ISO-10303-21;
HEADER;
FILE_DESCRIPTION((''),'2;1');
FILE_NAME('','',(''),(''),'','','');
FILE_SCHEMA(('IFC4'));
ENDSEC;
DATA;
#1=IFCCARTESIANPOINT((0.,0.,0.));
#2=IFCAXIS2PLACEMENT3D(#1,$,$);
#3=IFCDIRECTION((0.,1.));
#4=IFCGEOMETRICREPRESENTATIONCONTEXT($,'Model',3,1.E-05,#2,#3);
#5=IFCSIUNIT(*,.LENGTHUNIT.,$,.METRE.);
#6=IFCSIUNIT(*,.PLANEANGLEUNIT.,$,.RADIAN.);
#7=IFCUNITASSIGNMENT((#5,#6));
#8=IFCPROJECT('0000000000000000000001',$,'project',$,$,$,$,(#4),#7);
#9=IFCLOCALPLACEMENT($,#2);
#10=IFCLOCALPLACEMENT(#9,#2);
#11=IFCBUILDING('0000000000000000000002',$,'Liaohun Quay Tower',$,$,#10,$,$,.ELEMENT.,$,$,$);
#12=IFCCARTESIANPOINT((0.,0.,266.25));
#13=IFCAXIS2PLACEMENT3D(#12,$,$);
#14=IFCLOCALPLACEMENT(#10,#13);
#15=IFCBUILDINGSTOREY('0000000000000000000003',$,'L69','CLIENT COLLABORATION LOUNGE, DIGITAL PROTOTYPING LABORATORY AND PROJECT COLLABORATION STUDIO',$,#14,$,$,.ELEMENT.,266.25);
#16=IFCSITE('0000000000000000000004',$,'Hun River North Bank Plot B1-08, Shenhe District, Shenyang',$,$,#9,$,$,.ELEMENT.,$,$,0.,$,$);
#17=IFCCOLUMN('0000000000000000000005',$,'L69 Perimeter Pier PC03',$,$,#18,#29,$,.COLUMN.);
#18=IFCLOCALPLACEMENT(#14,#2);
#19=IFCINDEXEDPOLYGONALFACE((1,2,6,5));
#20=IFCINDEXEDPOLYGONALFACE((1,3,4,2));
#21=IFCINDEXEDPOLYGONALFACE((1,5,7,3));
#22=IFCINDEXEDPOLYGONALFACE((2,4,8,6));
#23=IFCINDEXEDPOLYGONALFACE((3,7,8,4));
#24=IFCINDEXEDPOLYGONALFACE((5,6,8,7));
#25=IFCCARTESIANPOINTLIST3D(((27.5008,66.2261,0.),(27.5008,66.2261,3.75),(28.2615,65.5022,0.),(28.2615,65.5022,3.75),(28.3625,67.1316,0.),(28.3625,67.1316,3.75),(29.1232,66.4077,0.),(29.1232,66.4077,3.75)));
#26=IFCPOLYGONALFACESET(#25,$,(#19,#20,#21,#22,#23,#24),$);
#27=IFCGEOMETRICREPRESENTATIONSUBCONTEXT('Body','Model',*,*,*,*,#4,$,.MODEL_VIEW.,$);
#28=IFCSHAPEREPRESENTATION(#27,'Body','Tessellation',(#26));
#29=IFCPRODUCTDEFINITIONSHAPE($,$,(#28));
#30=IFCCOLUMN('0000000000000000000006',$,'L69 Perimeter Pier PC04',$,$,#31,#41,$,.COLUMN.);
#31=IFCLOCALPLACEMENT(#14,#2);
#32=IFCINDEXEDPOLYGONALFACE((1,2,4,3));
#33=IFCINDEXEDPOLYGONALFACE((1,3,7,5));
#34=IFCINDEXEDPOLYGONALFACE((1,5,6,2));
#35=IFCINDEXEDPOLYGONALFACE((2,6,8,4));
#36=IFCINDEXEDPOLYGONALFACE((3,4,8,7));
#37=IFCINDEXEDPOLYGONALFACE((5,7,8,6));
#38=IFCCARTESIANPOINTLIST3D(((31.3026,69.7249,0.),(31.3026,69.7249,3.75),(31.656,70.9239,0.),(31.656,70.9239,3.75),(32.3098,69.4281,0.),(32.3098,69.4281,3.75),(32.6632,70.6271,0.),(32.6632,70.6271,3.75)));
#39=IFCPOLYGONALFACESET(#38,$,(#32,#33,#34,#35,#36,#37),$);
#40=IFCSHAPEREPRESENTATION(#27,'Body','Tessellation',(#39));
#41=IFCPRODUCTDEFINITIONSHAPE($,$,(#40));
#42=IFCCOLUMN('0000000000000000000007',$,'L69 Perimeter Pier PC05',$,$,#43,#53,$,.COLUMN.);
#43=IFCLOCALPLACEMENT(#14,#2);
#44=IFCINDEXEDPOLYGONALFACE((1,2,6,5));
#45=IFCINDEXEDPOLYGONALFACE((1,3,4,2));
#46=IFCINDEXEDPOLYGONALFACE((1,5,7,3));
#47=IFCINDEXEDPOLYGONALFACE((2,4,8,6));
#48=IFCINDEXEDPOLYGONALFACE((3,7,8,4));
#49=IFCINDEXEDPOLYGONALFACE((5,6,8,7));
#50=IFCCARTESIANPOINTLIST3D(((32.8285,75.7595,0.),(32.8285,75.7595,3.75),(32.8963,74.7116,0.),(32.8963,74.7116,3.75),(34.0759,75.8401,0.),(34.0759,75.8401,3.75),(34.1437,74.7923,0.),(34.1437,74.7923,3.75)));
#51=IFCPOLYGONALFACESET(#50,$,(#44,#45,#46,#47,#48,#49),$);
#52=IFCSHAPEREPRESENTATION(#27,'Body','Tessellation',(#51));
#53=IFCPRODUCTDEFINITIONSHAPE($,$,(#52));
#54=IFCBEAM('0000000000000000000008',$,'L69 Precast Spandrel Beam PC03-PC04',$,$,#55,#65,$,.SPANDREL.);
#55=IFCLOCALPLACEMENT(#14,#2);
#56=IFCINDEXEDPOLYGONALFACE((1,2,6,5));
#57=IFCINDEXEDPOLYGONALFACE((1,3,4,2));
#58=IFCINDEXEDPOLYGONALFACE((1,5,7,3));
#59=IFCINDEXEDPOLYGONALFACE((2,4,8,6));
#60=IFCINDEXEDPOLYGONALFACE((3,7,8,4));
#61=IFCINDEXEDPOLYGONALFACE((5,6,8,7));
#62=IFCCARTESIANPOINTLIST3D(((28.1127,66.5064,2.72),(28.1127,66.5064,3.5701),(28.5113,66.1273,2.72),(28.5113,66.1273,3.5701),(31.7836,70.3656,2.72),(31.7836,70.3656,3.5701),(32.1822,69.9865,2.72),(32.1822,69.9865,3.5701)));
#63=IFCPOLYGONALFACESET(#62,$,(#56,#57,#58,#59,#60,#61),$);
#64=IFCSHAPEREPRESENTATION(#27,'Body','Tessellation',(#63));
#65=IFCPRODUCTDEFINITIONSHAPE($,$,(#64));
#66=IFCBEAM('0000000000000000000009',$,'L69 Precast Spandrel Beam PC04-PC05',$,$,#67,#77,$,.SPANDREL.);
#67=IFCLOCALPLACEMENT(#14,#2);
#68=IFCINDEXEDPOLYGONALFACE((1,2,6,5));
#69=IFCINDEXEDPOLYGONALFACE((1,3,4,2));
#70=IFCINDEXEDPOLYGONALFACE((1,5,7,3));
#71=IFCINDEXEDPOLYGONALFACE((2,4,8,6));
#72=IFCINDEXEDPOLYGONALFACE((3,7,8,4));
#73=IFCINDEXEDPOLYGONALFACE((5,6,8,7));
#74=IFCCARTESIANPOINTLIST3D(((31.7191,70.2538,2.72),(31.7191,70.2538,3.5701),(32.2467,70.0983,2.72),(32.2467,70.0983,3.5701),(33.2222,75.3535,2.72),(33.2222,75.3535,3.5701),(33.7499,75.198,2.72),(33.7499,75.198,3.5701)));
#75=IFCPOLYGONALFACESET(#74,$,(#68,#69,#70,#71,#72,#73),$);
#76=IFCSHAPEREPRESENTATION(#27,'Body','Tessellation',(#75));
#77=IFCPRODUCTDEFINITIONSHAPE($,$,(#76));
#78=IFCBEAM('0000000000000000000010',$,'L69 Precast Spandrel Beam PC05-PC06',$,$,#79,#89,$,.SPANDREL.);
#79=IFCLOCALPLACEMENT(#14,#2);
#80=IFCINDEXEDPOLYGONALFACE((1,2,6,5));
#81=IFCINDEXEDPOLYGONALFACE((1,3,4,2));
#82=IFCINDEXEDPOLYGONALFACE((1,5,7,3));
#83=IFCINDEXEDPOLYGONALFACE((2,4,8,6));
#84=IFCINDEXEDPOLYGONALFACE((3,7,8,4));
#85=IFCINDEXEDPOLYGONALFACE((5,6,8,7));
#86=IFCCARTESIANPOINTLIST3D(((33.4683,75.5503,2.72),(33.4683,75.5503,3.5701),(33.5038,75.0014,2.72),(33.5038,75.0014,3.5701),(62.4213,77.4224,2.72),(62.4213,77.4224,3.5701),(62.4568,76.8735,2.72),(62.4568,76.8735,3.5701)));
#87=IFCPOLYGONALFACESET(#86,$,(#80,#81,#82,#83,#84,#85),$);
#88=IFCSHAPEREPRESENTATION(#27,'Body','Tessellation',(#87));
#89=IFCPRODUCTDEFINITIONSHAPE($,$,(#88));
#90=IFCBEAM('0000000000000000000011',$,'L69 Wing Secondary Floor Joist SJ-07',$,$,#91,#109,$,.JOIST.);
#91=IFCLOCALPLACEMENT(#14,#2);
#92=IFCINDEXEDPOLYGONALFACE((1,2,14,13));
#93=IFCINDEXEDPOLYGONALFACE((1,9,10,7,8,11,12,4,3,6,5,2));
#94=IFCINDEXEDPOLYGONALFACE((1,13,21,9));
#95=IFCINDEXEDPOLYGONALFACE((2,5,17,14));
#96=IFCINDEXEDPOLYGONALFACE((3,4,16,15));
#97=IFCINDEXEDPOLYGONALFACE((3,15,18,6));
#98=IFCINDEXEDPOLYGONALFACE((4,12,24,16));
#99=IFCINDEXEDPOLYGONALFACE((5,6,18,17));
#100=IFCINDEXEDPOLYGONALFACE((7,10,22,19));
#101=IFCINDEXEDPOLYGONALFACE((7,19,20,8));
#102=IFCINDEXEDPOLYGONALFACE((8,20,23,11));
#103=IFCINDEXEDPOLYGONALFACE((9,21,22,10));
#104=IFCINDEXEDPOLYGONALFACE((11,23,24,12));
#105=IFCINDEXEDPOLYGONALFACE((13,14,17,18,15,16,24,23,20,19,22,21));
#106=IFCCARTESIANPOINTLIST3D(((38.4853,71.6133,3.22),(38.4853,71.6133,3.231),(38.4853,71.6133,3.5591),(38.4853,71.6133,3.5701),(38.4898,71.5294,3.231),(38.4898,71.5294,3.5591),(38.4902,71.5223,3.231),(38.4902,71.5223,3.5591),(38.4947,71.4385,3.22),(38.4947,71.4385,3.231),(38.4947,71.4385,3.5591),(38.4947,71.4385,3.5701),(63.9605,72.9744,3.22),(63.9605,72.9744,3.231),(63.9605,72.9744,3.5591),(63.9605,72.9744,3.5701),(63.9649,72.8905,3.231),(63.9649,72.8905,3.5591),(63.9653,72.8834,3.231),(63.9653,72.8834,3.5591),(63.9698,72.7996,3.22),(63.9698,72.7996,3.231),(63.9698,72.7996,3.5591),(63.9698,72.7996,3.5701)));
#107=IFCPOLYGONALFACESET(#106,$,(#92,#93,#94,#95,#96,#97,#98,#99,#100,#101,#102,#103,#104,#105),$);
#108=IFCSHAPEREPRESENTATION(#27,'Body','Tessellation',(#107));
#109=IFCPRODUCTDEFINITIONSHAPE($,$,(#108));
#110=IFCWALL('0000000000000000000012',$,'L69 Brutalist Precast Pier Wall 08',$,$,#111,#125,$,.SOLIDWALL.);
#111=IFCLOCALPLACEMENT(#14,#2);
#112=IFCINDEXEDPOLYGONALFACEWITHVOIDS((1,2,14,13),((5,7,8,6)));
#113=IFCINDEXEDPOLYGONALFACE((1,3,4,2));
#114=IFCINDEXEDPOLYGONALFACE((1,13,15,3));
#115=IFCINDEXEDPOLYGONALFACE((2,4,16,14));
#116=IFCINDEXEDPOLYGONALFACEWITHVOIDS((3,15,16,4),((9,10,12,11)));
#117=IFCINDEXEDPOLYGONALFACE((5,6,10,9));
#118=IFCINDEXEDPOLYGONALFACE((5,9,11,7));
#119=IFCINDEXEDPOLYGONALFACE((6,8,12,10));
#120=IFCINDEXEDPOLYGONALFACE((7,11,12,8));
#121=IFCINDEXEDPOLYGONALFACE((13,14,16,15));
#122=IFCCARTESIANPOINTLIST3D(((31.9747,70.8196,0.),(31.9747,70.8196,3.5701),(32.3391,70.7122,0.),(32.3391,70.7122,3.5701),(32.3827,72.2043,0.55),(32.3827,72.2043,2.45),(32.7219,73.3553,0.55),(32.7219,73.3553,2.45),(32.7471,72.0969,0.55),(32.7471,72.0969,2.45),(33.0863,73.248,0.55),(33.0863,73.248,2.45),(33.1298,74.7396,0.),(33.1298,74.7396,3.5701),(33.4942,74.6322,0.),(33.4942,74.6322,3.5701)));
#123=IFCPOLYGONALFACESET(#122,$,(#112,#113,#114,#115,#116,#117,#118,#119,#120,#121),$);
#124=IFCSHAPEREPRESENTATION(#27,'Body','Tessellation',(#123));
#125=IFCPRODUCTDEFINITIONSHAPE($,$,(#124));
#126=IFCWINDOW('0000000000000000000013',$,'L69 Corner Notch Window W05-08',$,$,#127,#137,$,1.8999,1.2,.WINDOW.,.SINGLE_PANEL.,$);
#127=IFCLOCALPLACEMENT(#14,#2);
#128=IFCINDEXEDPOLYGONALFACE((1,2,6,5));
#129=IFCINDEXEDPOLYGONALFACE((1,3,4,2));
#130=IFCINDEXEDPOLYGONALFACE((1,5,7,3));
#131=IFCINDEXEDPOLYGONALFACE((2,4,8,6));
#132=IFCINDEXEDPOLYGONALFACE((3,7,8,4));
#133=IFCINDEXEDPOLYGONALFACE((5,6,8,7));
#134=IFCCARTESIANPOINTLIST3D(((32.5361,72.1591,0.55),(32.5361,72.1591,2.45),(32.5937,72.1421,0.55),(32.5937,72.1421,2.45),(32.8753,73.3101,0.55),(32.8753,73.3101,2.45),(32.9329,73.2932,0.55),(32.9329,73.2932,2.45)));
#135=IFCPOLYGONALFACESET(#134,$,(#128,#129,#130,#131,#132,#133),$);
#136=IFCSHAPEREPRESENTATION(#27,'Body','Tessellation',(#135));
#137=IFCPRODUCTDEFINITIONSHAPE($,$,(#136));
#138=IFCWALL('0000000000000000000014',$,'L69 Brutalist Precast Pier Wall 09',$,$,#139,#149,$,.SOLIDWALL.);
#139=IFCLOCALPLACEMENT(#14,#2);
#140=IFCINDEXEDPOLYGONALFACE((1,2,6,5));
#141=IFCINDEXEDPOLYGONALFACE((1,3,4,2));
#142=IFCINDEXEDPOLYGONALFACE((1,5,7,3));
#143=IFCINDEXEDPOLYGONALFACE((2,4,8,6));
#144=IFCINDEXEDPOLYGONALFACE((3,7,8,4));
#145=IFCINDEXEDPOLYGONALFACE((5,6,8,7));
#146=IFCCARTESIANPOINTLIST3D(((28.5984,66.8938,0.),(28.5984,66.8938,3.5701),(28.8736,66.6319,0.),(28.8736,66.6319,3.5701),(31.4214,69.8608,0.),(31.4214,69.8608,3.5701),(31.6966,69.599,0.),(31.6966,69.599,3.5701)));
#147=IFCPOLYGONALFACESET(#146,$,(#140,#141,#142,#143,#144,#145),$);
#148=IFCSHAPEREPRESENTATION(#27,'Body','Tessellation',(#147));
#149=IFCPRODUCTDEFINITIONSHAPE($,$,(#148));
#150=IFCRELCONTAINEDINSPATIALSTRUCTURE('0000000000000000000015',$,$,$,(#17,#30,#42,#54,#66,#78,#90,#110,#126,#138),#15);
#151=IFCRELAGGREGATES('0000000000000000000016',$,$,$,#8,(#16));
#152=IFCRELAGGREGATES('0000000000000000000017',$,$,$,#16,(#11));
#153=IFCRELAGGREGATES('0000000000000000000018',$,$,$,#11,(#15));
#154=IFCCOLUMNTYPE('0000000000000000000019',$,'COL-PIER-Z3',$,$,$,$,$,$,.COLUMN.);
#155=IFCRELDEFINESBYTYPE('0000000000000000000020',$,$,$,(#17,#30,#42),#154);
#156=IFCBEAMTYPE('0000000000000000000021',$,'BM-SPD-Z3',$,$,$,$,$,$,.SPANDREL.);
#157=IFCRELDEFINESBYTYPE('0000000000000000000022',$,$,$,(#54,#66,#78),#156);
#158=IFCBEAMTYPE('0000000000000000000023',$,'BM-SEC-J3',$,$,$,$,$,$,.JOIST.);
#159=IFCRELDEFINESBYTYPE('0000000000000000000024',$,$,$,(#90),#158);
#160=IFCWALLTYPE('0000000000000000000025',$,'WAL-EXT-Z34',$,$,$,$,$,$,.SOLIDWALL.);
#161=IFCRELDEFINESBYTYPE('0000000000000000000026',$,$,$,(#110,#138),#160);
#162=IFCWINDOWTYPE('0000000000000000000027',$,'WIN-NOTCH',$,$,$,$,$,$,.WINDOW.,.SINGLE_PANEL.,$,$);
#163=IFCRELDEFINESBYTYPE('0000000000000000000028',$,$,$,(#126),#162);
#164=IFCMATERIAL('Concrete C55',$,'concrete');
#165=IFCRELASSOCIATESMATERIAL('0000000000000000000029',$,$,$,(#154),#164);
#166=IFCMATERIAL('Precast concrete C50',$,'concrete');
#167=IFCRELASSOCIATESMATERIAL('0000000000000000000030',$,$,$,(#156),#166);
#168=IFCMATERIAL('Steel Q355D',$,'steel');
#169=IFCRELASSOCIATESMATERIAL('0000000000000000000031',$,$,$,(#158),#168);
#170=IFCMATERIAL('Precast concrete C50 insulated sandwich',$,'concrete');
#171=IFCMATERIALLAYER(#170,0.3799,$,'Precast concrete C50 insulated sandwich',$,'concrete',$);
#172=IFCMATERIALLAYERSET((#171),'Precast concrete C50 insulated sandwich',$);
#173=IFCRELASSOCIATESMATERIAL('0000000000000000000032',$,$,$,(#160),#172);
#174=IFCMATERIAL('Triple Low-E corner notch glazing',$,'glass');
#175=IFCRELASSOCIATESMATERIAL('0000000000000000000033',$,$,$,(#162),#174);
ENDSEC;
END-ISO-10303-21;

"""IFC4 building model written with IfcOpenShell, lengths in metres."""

from ifc_helpers import new_model, si_unit, direction, frame, frame_2d, origin, origin_2d, place, context, subcontext, project, spatial, rectangle, i_section, extrude, source, transform, mapped, material, layer, layer_set, material_profile, profile_set, type_object, element, fill, save


model = new_model("IFC4")

# Units and contexts
model_context = context("Model", 3, precision=1e-05, world=origin(), true_north=direction((0.0, 1.0)))
body_context = subcontext(model_context, "Body", "Model", "MODEL_VIEW")
ifc_project = project(units=[si_unit("LENGTHUNIT", "METRE"), si_unit("PLANEANGLEUNIT", "RADIAN")], contexts=[model_context])

# Site, building, storey
site_placement = place(None, origin())
site = spatial("IfcSite", under=ifc_project, at=site_placement, Name="Hun River North Bank Plot B1-08, Shenhe District, Shenyang", CompositionType="ELEMENT", RefElevation=0.0)
building_placement = place(site_placement, origin())
building = spatial("IfcBuilding", under=site, at=building_placement, Name="Liaohun Quay Tower", CompositionType="ELEMENT")
storey_placement = place(building_placement, frame((0.0, 0.0, 266.25)))
storey = spatial("IfcBuildingStorey", under=building, at=storey_placement, Name="L69", Description="CLIENT COLLABORATION LOUNGE, DIGITAL PROTOTYPING LABORATORY AND PROJECT COLLABORATION STUDIO", CompositionType="ELEMENT", Elevation=266.25)

# Columns
ifc_material_1 = material(Name="Concrete C55", Category="concrete")
ifc_material_profile_1 = material_profile(ifc_material_1, rectangle(XDim=1.25, YDim=1.05, at=origin_2d()), Name="RC1250x1050")
ifc_profile_set_1 = profile_set([ifc_material_profile_1], Name="Concrete C55")
column_type = type_object("IfcColumnType", Name="COL-PIER-Z3", PredefinedType="COLUMN", material=ifc_profile_set_1)
shared_shape_1 = source(origin(), body_context, "Body", "SweptSolid", [
    extrude(rectangle(XDim=1.25, YDim=1.05, at=origin_2d()), origin(), (0.0, 0.0, 1.0), 3.75),
])
for number, where, z_axis, x_axis, name in (
    (1, (28.312, 66.3169, 0.0), (0.0, 0.0, 1.0), (0.689367, 0.724413, 0.0), "L69 Perimeter Pier PC03"),
    (2, (31.9829, 70.176, 0.0), (0.0, 0.0, 1.0), (0.282676, 0.959215, 0.0), "L69 Perimeter Pier PC04"),
    (3, (33.4861, 75.2759, 0.0), (0.0, 0.0, 1.0), (0.997916, 0.064532, 0.0), "L69 Perimeter Pier PC05"),
):
    element("IfcColumn", number, at=place(storey_placement, frame(where, z_axis=z_axis, x_axis=x_axis)), inside=storey, type_object=column_type, Name=name, PredefinedType="COLUMN", context=body_context, shape_type="MappedRepresentation", body=[
        mapped(shared_shape_1, transform((0.0, 0.0, 0.0), x_axis=(1.0, 0.0, 0.0), y_axis=(0.0, 1.0, 0.0), z_axis=(0.0, 0.0, 1.0), scale=1.0)),
    ])

# Beams
ifc_material_2 = material(Name="Precast concrete C50", Category="concrete")
ifc_material_profile_2 = material_profile(ifc_material_2, rectangle(XDim=0.55, YDim=0.8501, at=origin_2d()), Name="RC550x850")
ifc_profile_set_2 = profile_set([ifc_material_profile_2], Name="Precast concrete C50")
beam_type_1 = type_object("IfcBeamType", Name="BM-SPD-Z3", PredefinedType="SPANDREL", material=ifc_profile_set_2)
shared_shape_2 = source(origin(), body_context, "Body", "SweptSolid", [
    extrude(rectangle(XDim=0.55, YDim=0.8501, at=origin_2d()), origin(), (0.0, 0.0, 1.0), 5.3262),
])
beam_1_placement = place(storey_placement, frame((28.312, 66.3169, 3.145), z_axis=(0.689216, 0.724556, 0.0), x_axis=(-0.724556, 0.689216, 0.0)))
element("IfcBeam", 4, at=beam_1_placement, inside=storey, type_object=beam_type_1, Name="L69 Precast Spandrel Beam PC03-PC04", PredefinedType="SPANDREL", context=body_context, shape_type="MappedRepresentation", body=[
    mapped(shared_shape_2, transform((0.0, 0.0, 0.0), x_axis=(1.0, 0.0, 0.0), y_axis=(0.0, 1.0, 0.0), z_axis=(0.0, 0.0, 1.0), scale=1.0)),
])
shared_shape_3 = source(origin(), body_context, "Body", "SweptSolid", [
    extrude(rectangle(XDim=0.55, YDim=0.8501, at=origin_2d()), origin(), (0.0, 0.0, 1.0), 5.3167),
])
beam_2_placement = place(storey_placement, frame((31.9829, 70.176, 3.145), z_axis=(0.282723, 0.959202, 0.0), x_axis=(-0.959202, 0.282723, 0.0)))
element("IfcBeam", 5, at=beam_2_placement, inside=storey, type_object=beam_type_1, Name="L69 Precast Spandrel Beam PC04-PC05", PredefinedType="SPANDREL", context=body_context, shape_type="MappedRepresentation", body=[
    mapped(shared_shape_3, transform((0.0, 0.0, 0.0), x_axis=(1.0, 0.0, 0.0), y_axis=(0.0, 1.0, 0.0), z_axis=(0.0, 0.0, 1.0), scale=1.0)),
])
shared_shape_4 = source(origin(), body_context, "Body", "SweptSolid", [
    extrude(rectangle(XDim=0.55, YDim=0.8501, at=origin_2d()), origin(), (0.0, 0.0, 1.0), 29.0134),
])
beam_3_placement = place(storey_placement, frame((33.4861, 75.2759, 3.145), z_axis=(0.997916, 0.064524, 0.0), x_axis=(-0.064524, 0.997916, 0.0)))
element("IfcBeam", 6, at=beam_3_placement, inside=storey, type_object=beam_type_1, Name="L69 Precast Spandrel Beam PC05-PC06", PredefinedType="SPANDREL", context=body_context, shape_type="MappedRepresentation", body=[
    mapped(shared_shape_4, transform((0.0, 0.0, 0.0), x_axis=(1.0, 0.0, 0.0), y_axis=(0.0, 1.0, 0.0), z_axis=(0.0, 0.0, 1.0), scale=1.0)),
])
ifc_material_3 = material(Name="Steel Q355D", Category="steel")
ifc_material_profile_3 = material_profile(ifc_material_3, i_section(OverallWidth=0.175, OverallDepth=0.3501, WebThickness=0.0071, FlangeThickness=0.011, at=origin_2d()), Name="HN350x175x7x11")
ifc_profile_set_3 = profile_set([ifc_material_profile_3], Name="Steel Q355D")
beam_type_2 = type_object("IfcBeamType", Name="BM-SEC-J3", PredefinedType="JOIST", material=ifc_profile_set_3)
shared_shape_5 = source(origin(), body_context, "Body", "SweptSolid", [
    extrude(i_section(OverallWidth=0.175, OverallDepth=0.3501, WebThickness=0.0071, FlangeThickness=0.011, at=origin_2d()), origin(), (0.0, 0.0, 1.0), 25.5115),
])
beam_4_placement = place(storey_placement, frame((38.49, 71.5259, 3.395), z_axis=(0.998576, 0.053352, 0.0), x_axis=(-0.053352, 0.998576, 0.0)))
element("IfcBeam", 7, at=beam_4_placement, inside=storey, type_object=beam_type_2, Name="L69 Wing Secondary Floor Joist SJ-07", PredefinedType="JOIST", context=body_context, shape_type="MappedRepresentation", body=[
    mapped(shared_shape_5, transform((0.0, 0.0, 0.0), x_axis=(1.0, 0.0, 0.0), y_axis=(0.0, 1.0, 0.0), z_axis=(0.0, 0.0, 1.0), scale=1.0)),
])

# Wall, opening, window
ifc_material_4 = material(Name="Precast concrete C50 insulated sandwich", Category="concrete")
ifc_layer_1 = layer(ifc_material_4, 0.3799, Name="Precast concrete C50 insulated sandwich", Category="concrete")
ifc_layer_set_1 = layer_set([ifc_layer_1], Name="Precast concrete C50 insulated sandwich")
wall_type_1 = type_object("IfcWallType", Name="WAL-EXT-Z34", PredefinedType="SOLIDWALL", material=ifc_layer_set_1)
wall_1_placement = place(storey_placement, frame((33.312, 74.686, 0.0), z_axis=(0.0, 0.0, 1.0), x_axis=(-0.282642, -0.959226, 0.0)))
wall_1 = element("IfcWall", 8, at=wall_1_placement, inside=storey, type_object=wall_type_1, Name="L69 Brutalist Precast Pier Wall 08", PredefinedType="SOLIDWALL", context=body_context, shape_type="SweptSolid", body=[
    extrude(rectangle(XDim=4.0867, YDim=0.3799, at=frame_2d((2.0435, 0.0))), origin(), (0.0, 0.0, 1.0), 3.5701),
])
shared_shape_6 = source(origin(), body_context, "Body", "SweptSolid", [
    extrude(rectangle(XDim=1.2, YDim=1.8999, at=frame_2d((0.6001, 0.95))), frame((0.0, 0.2, 0.0), z_axis=(0.0, -1.0, 0.0), x_axis=(1.0, 0.0, 0.0)), (0.0, 0.0, 1.0), 0.3999),
])
opening_1_placement = place(wall_1_placement, frame((1.4431, 0.0, 0.55)))
opening_1 = element("IfcOpeningElement", 9, at=opening_1_placement, cuts=wall_1, PredefinedType="OPENING", context=body_context, shape_type="MappedRepresentation", body=[
    mapped(shared_shape_6, transform((0.0, 0.0, 0.0), x_axis=(1.0, 0.0, 0.0), y_axis=(0.0, 1.0, 0.0), z_axis=(0.0, 0.0, 1.0), scale=1.0)),
])
ifc_material_5 = material(Name="Triple Low-E corner notch glazing", Category="glass")
window_type_1 = type_object("IfcWindowType", Name="WIN-NOTCH", PartitioningType="SINGLE_PANEL", PredefinedType="WINDOW", material=ifc_material_5)
shared_shape_7 = source(origin(), body_context, "Body", "SweptSolid", [
    extrude(rectangle(XDim=1.2, YDim=1.8999, at=frame_2d((0.6001, 0.95))), frame((0.0, 0.03, 0.0), z_axis=(0.0, -1.0, 0.0), x_axis=(1.0, 0.0, 0.0)), (0.0, 0.0, 1.0), 0.0601),
])
window_1_placement = place(opening_1_placement, origin())
window_1 = element("IfcWindow", 10, at=window_1_placement, inside=storey, type_object=window_type_1, Name="L69 Corner Notch Window W05-08", OverallHeight=1.8999, OverallWidth=1.2, PartitioningType="SINGLE_PANEL", PredefinedType="WINDOW", context=body_context, shape_type="MappedRepresentation", body=[
    mapped(shared_shape_7, transform((0.0, 0.0, 0.0), x_axis=(1.0, 0.0, 0.0), y_axis=(0.0, 1.0, 0.0), z_axis=(0.0, 0.0, 1.0), scale=1.0)),
])
fill(opening_1, window_1)

# Wall
wall_2_placement = place(storey_placement, frame((31.5591, 69.73, 0.0), z_axis=(0.0, 0.0, 1.0), x_axis=(-0.689302, -0.724474, 0.0)))
element("IfcWall", 11, at=wall_2_placement, inside=storey, type_object=wall_type_1, Name="L69 Brutalist Precast Pier Wall 09", PredefinedType="SOLIDWALL", context=body_context, shape_type="SweptSolid", body=[
    extrude(rectangle(XDim=4.0955, YDim=0.3799, at=frame_2d((2.0479, 0.0))), origin(), (0.0, 0.0, 1.0), 3.5701),
])

save(model, "model.ifc")
